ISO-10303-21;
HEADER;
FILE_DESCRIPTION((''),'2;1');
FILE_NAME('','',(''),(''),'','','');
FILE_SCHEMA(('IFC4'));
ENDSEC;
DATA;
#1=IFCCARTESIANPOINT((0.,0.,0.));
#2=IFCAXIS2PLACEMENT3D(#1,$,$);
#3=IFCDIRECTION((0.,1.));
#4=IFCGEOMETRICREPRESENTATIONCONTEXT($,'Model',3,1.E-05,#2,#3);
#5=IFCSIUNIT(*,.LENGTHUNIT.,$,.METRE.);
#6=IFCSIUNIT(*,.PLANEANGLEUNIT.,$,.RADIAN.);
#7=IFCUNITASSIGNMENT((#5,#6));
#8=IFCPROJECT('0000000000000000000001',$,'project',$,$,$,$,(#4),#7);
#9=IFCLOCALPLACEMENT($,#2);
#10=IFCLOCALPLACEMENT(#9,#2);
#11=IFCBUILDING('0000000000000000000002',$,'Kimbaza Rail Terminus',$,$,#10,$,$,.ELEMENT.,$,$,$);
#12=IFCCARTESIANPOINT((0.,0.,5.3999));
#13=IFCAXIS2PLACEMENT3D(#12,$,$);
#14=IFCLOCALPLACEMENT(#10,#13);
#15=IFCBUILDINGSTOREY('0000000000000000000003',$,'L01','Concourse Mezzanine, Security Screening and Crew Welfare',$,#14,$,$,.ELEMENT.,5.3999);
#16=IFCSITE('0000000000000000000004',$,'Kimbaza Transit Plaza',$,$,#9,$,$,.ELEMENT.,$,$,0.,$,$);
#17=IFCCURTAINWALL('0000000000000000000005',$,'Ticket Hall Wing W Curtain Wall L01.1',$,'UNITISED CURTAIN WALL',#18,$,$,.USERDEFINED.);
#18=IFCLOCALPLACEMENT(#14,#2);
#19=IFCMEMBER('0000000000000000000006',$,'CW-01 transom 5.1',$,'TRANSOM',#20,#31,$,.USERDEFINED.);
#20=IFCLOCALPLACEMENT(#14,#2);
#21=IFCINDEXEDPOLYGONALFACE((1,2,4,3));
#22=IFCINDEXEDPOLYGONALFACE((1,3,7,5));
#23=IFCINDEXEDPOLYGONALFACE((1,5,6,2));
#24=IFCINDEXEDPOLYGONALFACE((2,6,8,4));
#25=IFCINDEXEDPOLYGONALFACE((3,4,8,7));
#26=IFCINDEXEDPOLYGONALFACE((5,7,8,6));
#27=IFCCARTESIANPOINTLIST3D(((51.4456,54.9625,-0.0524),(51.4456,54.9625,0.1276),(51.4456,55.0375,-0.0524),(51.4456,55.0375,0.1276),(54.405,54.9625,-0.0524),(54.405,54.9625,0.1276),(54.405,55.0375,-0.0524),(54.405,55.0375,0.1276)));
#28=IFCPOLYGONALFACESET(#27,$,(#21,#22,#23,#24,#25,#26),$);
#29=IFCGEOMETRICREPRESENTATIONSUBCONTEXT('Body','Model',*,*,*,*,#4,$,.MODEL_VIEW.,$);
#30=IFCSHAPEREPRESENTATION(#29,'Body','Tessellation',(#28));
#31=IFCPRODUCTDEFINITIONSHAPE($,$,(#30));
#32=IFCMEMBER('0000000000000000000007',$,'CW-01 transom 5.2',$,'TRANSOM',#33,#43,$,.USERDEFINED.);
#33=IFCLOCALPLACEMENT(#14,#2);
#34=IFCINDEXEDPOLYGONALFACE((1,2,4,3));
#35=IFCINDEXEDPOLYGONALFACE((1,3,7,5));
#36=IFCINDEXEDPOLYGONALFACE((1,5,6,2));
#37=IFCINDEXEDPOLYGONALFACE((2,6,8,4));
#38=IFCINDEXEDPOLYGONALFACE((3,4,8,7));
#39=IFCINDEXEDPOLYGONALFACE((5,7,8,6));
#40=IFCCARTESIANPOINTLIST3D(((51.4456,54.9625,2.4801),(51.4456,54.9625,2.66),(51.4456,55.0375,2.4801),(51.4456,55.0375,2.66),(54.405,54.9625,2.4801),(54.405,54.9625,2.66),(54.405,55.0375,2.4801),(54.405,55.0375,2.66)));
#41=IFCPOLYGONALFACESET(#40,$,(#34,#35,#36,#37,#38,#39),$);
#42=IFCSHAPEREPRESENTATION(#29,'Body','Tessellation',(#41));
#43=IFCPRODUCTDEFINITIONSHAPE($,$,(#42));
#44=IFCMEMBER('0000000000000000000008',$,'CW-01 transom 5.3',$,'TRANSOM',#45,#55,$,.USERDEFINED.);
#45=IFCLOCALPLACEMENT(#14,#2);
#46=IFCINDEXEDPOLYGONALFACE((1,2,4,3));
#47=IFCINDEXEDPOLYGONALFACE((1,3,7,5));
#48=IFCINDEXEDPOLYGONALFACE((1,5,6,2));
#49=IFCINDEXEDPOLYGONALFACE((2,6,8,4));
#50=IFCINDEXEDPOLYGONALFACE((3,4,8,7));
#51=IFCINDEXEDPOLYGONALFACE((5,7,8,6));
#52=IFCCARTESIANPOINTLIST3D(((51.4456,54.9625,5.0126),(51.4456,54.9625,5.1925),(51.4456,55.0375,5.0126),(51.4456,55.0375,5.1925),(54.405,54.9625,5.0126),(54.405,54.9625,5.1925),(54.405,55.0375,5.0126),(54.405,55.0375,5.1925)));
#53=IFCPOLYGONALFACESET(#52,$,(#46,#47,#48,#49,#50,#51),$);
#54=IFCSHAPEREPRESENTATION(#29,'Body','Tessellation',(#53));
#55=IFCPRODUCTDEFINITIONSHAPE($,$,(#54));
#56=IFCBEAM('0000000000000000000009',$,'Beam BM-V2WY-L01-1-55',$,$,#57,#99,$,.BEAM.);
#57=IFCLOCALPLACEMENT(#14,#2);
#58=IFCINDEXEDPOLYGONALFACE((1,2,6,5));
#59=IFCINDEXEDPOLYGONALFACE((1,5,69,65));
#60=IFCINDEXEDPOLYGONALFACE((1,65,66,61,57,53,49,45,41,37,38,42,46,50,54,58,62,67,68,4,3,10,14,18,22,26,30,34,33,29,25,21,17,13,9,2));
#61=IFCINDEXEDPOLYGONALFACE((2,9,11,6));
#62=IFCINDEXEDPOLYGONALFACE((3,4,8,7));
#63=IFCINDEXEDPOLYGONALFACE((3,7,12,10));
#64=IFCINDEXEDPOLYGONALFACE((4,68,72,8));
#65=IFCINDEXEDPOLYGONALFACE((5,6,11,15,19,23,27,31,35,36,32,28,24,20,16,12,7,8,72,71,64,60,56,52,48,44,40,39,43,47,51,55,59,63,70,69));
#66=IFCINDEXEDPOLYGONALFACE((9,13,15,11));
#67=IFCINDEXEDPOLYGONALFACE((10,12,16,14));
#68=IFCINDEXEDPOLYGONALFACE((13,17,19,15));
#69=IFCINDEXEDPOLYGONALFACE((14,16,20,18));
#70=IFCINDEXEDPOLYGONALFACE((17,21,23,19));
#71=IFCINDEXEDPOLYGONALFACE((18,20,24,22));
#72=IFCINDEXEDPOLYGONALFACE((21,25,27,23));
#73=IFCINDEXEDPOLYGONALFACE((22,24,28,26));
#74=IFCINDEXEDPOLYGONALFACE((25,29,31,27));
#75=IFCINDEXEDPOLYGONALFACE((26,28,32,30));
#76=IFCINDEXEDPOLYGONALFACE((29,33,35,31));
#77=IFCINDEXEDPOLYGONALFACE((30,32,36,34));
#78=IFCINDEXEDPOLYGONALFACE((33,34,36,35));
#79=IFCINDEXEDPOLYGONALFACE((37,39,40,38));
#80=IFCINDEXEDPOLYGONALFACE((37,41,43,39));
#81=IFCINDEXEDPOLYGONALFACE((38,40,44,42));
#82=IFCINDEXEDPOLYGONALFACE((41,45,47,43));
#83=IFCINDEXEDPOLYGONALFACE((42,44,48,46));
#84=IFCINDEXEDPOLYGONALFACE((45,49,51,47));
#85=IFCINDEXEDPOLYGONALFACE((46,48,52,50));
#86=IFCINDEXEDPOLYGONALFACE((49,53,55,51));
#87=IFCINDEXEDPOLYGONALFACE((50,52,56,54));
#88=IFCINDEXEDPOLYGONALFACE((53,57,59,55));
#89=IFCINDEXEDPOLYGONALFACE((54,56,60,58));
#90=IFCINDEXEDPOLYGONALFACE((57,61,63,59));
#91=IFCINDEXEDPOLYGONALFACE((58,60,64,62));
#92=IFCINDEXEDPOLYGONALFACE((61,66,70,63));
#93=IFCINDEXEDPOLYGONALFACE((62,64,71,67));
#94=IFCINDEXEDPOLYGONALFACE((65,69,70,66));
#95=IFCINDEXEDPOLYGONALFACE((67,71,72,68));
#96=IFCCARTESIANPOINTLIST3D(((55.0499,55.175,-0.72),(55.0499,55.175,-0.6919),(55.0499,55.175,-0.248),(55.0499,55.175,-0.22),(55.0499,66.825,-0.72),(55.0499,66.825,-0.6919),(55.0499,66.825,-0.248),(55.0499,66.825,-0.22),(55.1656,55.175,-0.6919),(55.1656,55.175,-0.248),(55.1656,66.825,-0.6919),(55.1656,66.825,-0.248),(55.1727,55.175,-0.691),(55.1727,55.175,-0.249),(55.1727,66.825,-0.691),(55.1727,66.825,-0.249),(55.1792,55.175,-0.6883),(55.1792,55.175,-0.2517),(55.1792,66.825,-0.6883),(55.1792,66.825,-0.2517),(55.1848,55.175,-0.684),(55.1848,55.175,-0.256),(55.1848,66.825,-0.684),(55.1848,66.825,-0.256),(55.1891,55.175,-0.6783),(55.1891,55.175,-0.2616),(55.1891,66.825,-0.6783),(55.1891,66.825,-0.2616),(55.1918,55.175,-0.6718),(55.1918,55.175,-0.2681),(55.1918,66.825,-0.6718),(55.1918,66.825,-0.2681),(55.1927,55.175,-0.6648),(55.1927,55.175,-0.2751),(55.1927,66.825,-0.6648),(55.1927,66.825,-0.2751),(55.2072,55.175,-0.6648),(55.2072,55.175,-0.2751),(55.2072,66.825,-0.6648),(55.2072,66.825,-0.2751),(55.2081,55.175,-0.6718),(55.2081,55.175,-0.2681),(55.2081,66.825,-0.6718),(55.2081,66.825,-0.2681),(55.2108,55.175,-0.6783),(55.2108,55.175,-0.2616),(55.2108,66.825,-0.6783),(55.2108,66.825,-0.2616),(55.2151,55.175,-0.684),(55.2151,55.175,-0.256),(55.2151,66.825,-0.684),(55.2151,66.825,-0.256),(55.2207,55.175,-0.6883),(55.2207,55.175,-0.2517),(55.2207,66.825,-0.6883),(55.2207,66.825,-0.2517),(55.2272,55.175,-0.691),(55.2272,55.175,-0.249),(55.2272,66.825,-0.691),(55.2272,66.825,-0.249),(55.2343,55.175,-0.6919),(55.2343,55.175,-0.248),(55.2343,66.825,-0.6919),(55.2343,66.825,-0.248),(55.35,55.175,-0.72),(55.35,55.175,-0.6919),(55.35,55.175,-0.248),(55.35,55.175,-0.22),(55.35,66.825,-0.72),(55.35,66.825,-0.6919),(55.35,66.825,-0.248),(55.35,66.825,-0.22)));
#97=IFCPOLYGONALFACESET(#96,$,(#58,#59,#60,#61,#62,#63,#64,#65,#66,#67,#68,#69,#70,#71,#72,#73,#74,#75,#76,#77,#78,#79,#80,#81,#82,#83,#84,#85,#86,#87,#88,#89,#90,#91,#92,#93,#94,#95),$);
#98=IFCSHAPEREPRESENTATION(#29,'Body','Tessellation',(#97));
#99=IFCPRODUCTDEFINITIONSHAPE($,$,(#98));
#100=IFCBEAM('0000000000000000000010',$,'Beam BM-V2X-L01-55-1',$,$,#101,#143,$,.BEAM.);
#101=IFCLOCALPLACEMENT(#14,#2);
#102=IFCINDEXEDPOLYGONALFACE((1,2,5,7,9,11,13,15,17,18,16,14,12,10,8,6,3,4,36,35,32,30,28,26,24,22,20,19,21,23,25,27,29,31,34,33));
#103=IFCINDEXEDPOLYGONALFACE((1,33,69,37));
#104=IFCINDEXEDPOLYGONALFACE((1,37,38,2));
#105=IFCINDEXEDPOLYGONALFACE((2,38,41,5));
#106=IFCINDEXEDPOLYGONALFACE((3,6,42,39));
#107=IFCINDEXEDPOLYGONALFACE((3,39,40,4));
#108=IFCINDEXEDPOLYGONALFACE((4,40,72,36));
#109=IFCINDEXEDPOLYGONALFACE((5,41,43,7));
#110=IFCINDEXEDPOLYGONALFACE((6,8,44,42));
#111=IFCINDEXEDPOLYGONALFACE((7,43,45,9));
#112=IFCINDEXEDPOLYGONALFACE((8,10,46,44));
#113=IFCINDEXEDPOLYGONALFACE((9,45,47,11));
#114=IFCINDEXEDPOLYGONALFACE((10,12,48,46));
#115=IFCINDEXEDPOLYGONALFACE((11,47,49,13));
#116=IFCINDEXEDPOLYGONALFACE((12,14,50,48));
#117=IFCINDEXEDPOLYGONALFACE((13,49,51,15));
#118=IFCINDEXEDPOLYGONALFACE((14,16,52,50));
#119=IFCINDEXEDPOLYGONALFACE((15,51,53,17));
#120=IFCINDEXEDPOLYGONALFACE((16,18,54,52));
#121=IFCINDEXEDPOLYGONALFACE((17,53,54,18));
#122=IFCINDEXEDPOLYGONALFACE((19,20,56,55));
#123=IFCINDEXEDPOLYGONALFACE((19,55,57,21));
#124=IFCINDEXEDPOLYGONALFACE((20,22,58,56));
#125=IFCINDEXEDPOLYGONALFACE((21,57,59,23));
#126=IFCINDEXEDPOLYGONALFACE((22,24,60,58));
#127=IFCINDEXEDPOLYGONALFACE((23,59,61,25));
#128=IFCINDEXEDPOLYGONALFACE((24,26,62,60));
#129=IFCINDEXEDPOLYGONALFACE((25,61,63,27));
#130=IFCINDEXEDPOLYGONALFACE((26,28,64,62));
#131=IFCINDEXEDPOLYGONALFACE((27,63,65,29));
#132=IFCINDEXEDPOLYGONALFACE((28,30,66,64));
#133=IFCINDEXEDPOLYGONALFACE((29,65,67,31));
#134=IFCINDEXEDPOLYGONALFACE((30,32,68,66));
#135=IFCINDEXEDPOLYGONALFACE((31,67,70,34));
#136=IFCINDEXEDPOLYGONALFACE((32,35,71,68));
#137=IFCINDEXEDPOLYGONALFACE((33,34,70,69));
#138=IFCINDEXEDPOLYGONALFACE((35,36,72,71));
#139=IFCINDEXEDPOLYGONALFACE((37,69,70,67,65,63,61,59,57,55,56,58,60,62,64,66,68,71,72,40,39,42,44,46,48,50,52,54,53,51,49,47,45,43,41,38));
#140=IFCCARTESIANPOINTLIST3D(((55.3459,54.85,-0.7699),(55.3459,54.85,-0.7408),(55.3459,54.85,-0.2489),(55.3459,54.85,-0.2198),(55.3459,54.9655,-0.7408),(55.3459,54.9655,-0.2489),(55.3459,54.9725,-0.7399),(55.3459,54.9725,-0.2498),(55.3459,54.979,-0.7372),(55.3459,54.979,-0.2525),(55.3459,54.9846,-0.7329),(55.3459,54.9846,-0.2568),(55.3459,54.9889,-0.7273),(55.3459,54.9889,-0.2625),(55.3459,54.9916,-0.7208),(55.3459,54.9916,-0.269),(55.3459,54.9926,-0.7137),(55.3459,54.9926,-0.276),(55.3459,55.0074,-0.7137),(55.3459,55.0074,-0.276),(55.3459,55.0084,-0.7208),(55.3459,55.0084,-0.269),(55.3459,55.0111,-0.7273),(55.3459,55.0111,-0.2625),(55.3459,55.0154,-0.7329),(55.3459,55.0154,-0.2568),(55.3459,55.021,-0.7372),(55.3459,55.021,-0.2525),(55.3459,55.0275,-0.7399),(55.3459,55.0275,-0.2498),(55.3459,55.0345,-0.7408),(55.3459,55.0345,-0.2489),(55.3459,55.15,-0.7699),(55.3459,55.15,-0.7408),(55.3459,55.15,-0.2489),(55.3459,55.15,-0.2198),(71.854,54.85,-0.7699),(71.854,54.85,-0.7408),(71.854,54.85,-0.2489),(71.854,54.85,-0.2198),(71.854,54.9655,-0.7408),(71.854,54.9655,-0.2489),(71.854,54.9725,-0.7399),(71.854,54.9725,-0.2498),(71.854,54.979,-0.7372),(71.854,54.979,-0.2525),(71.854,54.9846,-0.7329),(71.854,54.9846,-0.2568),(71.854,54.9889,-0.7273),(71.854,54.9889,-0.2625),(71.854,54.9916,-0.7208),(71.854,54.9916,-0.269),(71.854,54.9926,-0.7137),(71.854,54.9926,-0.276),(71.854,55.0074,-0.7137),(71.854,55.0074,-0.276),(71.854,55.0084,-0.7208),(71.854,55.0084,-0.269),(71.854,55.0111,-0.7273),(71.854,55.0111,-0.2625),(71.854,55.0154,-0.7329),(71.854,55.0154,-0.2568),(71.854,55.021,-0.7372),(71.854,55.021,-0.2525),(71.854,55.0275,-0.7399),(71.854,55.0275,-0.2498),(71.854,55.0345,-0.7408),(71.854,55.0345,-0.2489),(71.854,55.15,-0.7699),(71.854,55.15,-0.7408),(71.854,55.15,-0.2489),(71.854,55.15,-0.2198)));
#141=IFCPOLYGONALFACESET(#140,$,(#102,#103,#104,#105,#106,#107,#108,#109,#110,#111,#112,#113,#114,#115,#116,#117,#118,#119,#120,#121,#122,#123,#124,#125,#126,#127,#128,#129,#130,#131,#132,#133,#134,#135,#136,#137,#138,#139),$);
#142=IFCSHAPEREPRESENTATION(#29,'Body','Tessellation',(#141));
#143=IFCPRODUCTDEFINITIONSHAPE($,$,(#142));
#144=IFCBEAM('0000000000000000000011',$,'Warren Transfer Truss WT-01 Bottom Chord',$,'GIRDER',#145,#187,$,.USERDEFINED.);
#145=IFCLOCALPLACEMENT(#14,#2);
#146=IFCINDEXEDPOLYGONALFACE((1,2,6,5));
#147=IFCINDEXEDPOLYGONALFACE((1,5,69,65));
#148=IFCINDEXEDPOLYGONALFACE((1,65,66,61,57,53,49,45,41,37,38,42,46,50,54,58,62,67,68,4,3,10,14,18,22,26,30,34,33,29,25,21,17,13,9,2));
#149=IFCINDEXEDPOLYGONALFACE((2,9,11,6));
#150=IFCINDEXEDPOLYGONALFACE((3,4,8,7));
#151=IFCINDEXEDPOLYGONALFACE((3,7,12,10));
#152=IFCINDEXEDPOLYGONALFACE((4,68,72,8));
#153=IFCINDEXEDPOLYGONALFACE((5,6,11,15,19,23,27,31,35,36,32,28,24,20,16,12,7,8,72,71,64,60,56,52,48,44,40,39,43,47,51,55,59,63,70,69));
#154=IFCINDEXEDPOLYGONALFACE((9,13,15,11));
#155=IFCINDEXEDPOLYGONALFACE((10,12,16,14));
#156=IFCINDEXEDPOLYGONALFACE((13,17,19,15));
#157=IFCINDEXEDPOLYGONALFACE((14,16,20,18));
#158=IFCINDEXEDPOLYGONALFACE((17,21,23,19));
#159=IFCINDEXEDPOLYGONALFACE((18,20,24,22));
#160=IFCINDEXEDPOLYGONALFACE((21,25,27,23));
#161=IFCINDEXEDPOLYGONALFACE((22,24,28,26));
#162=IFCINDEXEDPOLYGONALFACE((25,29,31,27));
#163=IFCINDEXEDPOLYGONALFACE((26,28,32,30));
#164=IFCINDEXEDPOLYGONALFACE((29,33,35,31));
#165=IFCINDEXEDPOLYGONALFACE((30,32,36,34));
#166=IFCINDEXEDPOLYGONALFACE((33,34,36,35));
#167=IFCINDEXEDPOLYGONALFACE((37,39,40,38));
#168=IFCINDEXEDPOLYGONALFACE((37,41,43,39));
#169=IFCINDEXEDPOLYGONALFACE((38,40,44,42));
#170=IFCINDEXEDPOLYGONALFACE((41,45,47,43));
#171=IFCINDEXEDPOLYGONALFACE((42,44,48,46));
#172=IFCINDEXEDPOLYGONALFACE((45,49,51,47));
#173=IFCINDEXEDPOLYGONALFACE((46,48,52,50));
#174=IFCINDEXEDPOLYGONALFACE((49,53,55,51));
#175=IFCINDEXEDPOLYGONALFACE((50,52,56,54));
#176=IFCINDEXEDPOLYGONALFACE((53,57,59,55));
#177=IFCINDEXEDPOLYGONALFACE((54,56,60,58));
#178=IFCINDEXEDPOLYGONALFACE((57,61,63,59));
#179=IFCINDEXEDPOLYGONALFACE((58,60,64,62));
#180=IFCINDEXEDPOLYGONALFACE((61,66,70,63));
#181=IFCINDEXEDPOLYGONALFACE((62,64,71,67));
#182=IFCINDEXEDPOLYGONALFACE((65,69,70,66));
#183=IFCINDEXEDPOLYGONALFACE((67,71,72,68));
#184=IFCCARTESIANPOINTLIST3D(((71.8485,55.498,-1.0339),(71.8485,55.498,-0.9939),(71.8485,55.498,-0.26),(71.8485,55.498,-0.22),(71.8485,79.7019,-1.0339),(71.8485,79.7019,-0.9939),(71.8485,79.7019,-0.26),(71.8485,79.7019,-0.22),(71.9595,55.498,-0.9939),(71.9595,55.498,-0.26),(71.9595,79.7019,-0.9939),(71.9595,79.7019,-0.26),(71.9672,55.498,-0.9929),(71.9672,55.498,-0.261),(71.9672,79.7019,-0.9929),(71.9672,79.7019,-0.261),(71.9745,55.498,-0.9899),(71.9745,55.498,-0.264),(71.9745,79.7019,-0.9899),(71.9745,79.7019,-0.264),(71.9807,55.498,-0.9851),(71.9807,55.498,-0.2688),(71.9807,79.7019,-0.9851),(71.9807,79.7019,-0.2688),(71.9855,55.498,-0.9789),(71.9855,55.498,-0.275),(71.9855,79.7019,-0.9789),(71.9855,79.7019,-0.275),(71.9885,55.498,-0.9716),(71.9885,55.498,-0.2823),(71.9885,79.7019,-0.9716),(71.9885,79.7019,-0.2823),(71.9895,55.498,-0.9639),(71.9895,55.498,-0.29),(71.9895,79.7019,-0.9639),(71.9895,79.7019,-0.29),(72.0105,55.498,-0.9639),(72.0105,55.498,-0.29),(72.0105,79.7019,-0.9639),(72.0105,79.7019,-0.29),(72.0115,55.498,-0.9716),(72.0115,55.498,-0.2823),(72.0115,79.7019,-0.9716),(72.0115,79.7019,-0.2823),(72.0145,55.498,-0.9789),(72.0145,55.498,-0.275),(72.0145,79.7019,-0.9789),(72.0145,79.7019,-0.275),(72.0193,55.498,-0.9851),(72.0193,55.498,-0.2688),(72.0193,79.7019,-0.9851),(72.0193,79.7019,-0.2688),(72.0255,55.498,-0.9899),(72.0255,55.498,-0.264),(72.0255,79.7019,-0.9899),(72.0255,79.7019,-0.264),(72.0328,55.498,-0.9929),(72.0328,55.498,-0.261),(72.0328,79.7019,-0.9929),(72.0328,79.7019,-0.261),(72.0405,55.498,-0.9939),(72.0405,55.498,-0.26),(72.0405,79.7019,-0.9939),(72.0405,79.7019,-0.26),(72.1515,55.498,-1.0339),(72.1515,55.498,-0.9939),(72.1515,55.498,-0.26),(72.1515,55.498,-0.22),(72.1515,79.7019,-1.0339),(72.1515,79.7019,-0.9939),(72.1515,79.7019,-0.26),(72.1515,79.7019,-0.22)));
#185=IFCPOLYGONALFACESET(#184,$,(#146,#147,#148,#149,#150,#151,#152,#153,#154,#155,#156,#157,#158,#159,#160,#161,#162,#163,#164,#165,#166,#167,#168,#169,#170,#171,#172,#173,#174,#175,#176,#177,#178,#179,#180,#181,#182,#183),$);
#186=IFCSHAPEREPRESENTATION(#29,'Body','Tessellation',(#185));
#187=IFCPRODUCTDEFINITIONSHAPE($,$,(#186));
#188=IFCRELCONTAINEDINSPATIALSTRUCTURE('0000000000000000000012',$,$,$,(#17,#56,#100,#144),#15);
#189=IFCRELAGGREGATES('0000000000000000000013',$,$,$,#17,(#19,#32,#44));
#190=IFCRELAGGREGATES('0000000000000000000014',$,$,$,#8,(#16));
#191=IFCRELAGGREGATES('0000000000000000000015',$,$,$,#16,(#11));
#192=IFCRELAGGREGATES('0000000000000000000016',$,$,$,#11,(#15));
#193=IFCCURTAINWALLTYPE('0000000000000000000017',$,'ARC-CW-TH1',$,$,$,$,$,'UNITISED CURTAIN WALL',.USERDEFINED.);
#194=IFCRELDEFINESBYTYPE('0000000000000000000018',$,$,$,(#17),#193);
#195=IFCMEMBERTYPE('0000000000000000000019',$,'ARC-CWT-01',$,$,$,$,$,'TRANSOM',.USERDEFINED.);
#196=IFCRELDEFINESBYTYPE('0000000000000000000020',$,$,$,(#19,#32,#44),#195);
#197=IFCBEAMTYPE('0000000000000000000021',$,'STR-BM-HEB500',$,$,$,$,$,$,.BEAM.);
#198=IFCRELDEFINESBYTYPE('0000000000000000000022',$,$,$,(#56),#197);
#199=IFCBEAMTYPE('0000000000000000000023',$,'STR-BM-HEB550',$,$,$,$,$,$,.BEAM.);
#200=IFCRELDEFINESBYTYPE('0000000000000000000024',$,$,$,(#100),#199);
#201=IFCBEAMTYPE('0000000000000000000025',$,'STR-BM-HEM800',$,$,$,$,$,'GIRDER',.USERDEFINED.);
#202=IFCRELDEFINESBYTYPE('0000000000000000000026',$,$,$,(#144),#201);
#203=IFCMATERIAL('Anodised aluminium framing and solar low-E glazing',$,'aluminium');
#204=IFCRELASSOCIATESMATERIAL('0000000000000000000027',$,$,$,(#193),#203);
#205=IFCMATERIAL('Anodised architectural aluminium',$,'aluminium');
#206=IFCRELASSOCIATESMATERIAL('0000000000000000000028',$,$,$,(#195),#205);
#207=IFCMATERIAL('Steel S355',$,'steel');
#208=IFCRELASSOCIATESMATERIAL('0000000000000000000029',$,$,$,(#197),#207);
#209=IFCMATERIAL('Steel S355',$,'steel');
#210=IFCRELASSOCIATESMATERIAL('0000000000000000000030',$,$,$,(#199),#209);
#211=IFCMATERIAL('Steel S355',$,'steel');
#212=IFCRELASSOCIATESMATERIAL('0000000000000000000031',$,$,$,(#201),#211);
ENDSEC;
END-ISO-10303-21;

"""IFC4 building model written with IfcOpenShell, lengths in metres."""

from ifc_helpers import new_model, si_unit, direction, frame, origin, origin_2d, place, context, subcontext, project, spatial, rectangle, i_section, extrude, material, material_profile, profile_set, type_object, element, aggregate, save


model = new_model("IFC4")

# Units and contexts
model_context = context("Model", 3, precision=1e-05, world=origin(), true_north=direction((0.0, 1.0)))
body_context = subcontext(model_context, "Body", "Model", "MODEL_VIEW")
ifc_project = project(units=[si_unit("LENGTHUNIT", "METRE"), si_unit("PLANEANGLEUNIT", "RADIAN")], contexts=[model_context])

# Site, building, storey
site_placement = place(None, origin())
site = spatial("IfcSite", under=ifc_project, at=site_placement, Name="Kimbaza Transit Plaza", CompositionType="ELEMENT", RefElevation=0.0)
building_placement = place(site_placement, origin())
building = spatial("IfcBuilding", under=site, at=building_placement, Name="Kimbaza Rail Terminus", CompositionType="ELEMENT")
storey_placement = place(building_placement, frame((0.0, 0.0, 5.3999)))
storey = spatial("IfcBuildingStorey", under=building, at=storey_placement, Name="L01", Description="Concourse Mezzanine, Security Screening and Crew Welfare", CompositionType="ELEMENT", Elevation=5.3999)

# Shared definitions
ifc_material_1 = material(Name="Anodised aluminium framing and solar low-E glazing", Category="aluminium")
curtain_wall_type = type_object("IfcCurtainWallType", Name="ARC-CW-TH1", ElementType="UNITISED CURTAIN WALL", PredefinedType="USERDEFINED", material=ifc_material_1)

# Curtain wall, members
curtain_wall_1_placement = place(storey_placement, origin())
curtain_wall_1 = element("IfcCurtainWall", 1, at=curtain_wall_1_placement, inside=storey, type_object=curtain_wall_type, Name="Ticket Hall Wing W Curtain Wall L01.1", ObjectType="UNITISED CURTAIN WALL", PredefinedType="USERDEFINED")
ifc_material_2 = material(Name="Anodised architectural aluminium", Category="aluminium")
ifc_material_profile_1 = material_profile(ifc_material_2, rectangle(XDim=0.075, YDim=0.1799, at=origin_2d()), Name="TRANSOM 75x180")
ifc_profile_set_1 = profile_set([ifc_material_profile_1], Name="Anodised architectural aluminium")
member_type_1 = type_object("IfcMemberType", Name="ARC-CWT-01", ElementType="TRANSOM", PredefinedType="USERDEFINED", material=ifc_profile_set_1)
member_1_placement = place(storey_placement, frame((51.4456, 55.0, 0.0376), z_axis=(1.0, 0.0, 0.0), x_axis=(0.0, 1.0, 0.0)))
member_1 = element("IfcMember", 2, at=member_1_placement, type_object=member_type_1, Name="CW-01 transom 5.1", ObjectType="TRANSOM", PredefinedType="USERDEFINED", context=body_context, shape_type="SweptSolid", body=[
    extrude(rectangle(XDim=0.075, YDim=0.1799, at=origin_2d()), origin(), (0.0, 0.0, 1.0), 2.9595),
])
member_2_placement = place(storey_placement, frame((51.4456, 55.0, 2.5701), z_axis=(1.0, 0.0, 0.0), x_axis=(0.0, 1.0, 0.0)))
member_2 = element("IfcMember", 3, at=member_2_placement, type_object=member_type_1, Name="CW-01 transom 5.2", ObjectType="TRANSOM", PredefinedType="USERDEFINED", context=body_context, shape_type="SweptSolid", body=[
    extrude(rectangle(XDim=0.075, YDim=0.1799, at=origin_2d()), origin(), (0.0, 0.0, 1.0), 2.9595),
])
member_3_placement = place(storey_placement, frame((51.4456, 55.0, 5.1025), z_axis=(1.0, 0.0, 0.0), x_axis=(0.0, 1.0, 0.0)))
member_3 = element("IfcMember", 4, at=member_3_placement, type_object=member_type_1, Name="CW-01 transom 5.3", ObjectType="TRANSOM", PredefinedType="USERDEFINED", context=body_context, shape_type="SweptSolid", body=[
    extrude(rectangle(XDim=0.075, YDim=0.1799, at=origin_2d()), origin(), (0.0, 0.0, 1.0), 2.9595),
])

# Beams
ifc_material_3 = material(Name="Steel S355", Category="steel")
ifc_material_profile_2 = material_profile(ifc_material_3, i_section(OverallWidth=0.3, OverallDepth=0.5, WebThickness=0.0144, FlangeThickness=0.0281, FilletRadius=0.0271, at=origin_2d()), Name="HEB 500")
ifc_profile_set_2 = profile_set([ifc_material_profile_2], Name="Steel S355")
beam_type_1 = type_object("IfcBeamType", Name="STR-BM-HEB500", PredefinedType="BEAM", material=ifc_profile_set_2)
beam_1_placement = place(storey_placement, frame((55.2, 55.175, -0.47), z_axis=(0.0, 1.0, 0.0), x_axis=(-1.0, 0.0, 0.0)))
element("IfcBeam", 5, at=beam_1_placement, inside=storey, type_object=beam_type_1, Name="Beam BM-V2WY-L01-1-55", PredefinedType="BEAM", context=body_context, shape_type="SweptSolid", body=[
    extrude(i_section(OverallWidth=0.3, OverallDepth=0.5, WebThickness=0.0144, FlangeThickness=0.0281, FilletRadius=0.0271, at=origin_2d()), origin(), (0.0, 0.0, 1.0), 11.6499),
])
ifc_material_4 = material(Name="Steel S355", Category="steel")
ifc_material_profile_3 = material_profile(ifc_material_4, i_section(OverallWidth=0.3, OverallDepth=0.55, WebThickness=0.0149, FlangeThickness=0.0291, FilletRadius=0.0271, at=origin_2d()), Name="HEB 550")
ifc_profile_set_3 = profile_set([ifc_material_profile_3], Name="Steel S355")
beam_type_2 = type_object("IfcBeamType", Name="STR-BM-HEB550", PredefinedType="BEAM", material=ifc_profile_set_3)
beam_2_placement = place(storey_placement, frame((55.3459, 55.0, -0.4949), z_axis=(1.0, 0.0, 0.0), x_axis=(0.0, 1.0, 0.0)))
element("IfcBeam", 6, at=beam_2_placement, inside=storey, type_object=beam_type_2, Name="Beam BM-V2X-L01-55-1", PredefinedType="BEAM", context=body_context, shape_type="SweptSolid", body=[
    extrude(i_section(OverallWidth=0.3, OverallDepth=0.55, WebThickness=0.0149, FlangeThickness=0.0291, FilletRadius=0.0271, at=origin_2d()), origin(), (0.0, 0.0, 1.0), 16.5081),
])
ifc_material_5 = material(Name="Steel S355", Category="steel")
ifc_material_profile_4 = material_profile(ifc_material_5, i_section(OverallWidth=0.303, OverallDepth=0.814, WebThickness=0.021, FlangeThickness=0.04, FilletRadius=0.03, at=origin_2d()), Name="HEM 800")
ifc_profile_set_4 = profile_set([ifc_material_profile_4], Name="Steel S355")
beam_type_3 = type_object("IfcBeamType", Name="STR-BM-HEM800", ElementType="GIRDER", PredefinedType="USERDEFINED", material=ifc_profile_set_4)
beam_3_placement = place(storey_placement, frame((72.0, 55.498, -0.627), z_axis=(0.0, 1.0, 0.0), x_axis=(-1.0, 0.0, 0.0)))
element("IfcBeam", 7, at=beam_3_placement, inside=storey, type_object=beam_type_3, Name="Warren Transfer Truss WT-01 Bottom Chord", ObjectType="GIRDER", PredefinedType="USERDEFINED", context=body_context, shape_type="SweptSolid", body=[
    extrude(i_section(OverallWidth=0.303, OverallDepth=0.814, WebThickness=0.021, FlangeThickness=0.04, FilletRadius=0.03, at=origin_2d()), origin(), (0.0, 0.0, 1.0), 24.2039),
])

aggregate(curtain_wall_1, [member_1, member_2, member_3])

save(model, "model.ifc")
